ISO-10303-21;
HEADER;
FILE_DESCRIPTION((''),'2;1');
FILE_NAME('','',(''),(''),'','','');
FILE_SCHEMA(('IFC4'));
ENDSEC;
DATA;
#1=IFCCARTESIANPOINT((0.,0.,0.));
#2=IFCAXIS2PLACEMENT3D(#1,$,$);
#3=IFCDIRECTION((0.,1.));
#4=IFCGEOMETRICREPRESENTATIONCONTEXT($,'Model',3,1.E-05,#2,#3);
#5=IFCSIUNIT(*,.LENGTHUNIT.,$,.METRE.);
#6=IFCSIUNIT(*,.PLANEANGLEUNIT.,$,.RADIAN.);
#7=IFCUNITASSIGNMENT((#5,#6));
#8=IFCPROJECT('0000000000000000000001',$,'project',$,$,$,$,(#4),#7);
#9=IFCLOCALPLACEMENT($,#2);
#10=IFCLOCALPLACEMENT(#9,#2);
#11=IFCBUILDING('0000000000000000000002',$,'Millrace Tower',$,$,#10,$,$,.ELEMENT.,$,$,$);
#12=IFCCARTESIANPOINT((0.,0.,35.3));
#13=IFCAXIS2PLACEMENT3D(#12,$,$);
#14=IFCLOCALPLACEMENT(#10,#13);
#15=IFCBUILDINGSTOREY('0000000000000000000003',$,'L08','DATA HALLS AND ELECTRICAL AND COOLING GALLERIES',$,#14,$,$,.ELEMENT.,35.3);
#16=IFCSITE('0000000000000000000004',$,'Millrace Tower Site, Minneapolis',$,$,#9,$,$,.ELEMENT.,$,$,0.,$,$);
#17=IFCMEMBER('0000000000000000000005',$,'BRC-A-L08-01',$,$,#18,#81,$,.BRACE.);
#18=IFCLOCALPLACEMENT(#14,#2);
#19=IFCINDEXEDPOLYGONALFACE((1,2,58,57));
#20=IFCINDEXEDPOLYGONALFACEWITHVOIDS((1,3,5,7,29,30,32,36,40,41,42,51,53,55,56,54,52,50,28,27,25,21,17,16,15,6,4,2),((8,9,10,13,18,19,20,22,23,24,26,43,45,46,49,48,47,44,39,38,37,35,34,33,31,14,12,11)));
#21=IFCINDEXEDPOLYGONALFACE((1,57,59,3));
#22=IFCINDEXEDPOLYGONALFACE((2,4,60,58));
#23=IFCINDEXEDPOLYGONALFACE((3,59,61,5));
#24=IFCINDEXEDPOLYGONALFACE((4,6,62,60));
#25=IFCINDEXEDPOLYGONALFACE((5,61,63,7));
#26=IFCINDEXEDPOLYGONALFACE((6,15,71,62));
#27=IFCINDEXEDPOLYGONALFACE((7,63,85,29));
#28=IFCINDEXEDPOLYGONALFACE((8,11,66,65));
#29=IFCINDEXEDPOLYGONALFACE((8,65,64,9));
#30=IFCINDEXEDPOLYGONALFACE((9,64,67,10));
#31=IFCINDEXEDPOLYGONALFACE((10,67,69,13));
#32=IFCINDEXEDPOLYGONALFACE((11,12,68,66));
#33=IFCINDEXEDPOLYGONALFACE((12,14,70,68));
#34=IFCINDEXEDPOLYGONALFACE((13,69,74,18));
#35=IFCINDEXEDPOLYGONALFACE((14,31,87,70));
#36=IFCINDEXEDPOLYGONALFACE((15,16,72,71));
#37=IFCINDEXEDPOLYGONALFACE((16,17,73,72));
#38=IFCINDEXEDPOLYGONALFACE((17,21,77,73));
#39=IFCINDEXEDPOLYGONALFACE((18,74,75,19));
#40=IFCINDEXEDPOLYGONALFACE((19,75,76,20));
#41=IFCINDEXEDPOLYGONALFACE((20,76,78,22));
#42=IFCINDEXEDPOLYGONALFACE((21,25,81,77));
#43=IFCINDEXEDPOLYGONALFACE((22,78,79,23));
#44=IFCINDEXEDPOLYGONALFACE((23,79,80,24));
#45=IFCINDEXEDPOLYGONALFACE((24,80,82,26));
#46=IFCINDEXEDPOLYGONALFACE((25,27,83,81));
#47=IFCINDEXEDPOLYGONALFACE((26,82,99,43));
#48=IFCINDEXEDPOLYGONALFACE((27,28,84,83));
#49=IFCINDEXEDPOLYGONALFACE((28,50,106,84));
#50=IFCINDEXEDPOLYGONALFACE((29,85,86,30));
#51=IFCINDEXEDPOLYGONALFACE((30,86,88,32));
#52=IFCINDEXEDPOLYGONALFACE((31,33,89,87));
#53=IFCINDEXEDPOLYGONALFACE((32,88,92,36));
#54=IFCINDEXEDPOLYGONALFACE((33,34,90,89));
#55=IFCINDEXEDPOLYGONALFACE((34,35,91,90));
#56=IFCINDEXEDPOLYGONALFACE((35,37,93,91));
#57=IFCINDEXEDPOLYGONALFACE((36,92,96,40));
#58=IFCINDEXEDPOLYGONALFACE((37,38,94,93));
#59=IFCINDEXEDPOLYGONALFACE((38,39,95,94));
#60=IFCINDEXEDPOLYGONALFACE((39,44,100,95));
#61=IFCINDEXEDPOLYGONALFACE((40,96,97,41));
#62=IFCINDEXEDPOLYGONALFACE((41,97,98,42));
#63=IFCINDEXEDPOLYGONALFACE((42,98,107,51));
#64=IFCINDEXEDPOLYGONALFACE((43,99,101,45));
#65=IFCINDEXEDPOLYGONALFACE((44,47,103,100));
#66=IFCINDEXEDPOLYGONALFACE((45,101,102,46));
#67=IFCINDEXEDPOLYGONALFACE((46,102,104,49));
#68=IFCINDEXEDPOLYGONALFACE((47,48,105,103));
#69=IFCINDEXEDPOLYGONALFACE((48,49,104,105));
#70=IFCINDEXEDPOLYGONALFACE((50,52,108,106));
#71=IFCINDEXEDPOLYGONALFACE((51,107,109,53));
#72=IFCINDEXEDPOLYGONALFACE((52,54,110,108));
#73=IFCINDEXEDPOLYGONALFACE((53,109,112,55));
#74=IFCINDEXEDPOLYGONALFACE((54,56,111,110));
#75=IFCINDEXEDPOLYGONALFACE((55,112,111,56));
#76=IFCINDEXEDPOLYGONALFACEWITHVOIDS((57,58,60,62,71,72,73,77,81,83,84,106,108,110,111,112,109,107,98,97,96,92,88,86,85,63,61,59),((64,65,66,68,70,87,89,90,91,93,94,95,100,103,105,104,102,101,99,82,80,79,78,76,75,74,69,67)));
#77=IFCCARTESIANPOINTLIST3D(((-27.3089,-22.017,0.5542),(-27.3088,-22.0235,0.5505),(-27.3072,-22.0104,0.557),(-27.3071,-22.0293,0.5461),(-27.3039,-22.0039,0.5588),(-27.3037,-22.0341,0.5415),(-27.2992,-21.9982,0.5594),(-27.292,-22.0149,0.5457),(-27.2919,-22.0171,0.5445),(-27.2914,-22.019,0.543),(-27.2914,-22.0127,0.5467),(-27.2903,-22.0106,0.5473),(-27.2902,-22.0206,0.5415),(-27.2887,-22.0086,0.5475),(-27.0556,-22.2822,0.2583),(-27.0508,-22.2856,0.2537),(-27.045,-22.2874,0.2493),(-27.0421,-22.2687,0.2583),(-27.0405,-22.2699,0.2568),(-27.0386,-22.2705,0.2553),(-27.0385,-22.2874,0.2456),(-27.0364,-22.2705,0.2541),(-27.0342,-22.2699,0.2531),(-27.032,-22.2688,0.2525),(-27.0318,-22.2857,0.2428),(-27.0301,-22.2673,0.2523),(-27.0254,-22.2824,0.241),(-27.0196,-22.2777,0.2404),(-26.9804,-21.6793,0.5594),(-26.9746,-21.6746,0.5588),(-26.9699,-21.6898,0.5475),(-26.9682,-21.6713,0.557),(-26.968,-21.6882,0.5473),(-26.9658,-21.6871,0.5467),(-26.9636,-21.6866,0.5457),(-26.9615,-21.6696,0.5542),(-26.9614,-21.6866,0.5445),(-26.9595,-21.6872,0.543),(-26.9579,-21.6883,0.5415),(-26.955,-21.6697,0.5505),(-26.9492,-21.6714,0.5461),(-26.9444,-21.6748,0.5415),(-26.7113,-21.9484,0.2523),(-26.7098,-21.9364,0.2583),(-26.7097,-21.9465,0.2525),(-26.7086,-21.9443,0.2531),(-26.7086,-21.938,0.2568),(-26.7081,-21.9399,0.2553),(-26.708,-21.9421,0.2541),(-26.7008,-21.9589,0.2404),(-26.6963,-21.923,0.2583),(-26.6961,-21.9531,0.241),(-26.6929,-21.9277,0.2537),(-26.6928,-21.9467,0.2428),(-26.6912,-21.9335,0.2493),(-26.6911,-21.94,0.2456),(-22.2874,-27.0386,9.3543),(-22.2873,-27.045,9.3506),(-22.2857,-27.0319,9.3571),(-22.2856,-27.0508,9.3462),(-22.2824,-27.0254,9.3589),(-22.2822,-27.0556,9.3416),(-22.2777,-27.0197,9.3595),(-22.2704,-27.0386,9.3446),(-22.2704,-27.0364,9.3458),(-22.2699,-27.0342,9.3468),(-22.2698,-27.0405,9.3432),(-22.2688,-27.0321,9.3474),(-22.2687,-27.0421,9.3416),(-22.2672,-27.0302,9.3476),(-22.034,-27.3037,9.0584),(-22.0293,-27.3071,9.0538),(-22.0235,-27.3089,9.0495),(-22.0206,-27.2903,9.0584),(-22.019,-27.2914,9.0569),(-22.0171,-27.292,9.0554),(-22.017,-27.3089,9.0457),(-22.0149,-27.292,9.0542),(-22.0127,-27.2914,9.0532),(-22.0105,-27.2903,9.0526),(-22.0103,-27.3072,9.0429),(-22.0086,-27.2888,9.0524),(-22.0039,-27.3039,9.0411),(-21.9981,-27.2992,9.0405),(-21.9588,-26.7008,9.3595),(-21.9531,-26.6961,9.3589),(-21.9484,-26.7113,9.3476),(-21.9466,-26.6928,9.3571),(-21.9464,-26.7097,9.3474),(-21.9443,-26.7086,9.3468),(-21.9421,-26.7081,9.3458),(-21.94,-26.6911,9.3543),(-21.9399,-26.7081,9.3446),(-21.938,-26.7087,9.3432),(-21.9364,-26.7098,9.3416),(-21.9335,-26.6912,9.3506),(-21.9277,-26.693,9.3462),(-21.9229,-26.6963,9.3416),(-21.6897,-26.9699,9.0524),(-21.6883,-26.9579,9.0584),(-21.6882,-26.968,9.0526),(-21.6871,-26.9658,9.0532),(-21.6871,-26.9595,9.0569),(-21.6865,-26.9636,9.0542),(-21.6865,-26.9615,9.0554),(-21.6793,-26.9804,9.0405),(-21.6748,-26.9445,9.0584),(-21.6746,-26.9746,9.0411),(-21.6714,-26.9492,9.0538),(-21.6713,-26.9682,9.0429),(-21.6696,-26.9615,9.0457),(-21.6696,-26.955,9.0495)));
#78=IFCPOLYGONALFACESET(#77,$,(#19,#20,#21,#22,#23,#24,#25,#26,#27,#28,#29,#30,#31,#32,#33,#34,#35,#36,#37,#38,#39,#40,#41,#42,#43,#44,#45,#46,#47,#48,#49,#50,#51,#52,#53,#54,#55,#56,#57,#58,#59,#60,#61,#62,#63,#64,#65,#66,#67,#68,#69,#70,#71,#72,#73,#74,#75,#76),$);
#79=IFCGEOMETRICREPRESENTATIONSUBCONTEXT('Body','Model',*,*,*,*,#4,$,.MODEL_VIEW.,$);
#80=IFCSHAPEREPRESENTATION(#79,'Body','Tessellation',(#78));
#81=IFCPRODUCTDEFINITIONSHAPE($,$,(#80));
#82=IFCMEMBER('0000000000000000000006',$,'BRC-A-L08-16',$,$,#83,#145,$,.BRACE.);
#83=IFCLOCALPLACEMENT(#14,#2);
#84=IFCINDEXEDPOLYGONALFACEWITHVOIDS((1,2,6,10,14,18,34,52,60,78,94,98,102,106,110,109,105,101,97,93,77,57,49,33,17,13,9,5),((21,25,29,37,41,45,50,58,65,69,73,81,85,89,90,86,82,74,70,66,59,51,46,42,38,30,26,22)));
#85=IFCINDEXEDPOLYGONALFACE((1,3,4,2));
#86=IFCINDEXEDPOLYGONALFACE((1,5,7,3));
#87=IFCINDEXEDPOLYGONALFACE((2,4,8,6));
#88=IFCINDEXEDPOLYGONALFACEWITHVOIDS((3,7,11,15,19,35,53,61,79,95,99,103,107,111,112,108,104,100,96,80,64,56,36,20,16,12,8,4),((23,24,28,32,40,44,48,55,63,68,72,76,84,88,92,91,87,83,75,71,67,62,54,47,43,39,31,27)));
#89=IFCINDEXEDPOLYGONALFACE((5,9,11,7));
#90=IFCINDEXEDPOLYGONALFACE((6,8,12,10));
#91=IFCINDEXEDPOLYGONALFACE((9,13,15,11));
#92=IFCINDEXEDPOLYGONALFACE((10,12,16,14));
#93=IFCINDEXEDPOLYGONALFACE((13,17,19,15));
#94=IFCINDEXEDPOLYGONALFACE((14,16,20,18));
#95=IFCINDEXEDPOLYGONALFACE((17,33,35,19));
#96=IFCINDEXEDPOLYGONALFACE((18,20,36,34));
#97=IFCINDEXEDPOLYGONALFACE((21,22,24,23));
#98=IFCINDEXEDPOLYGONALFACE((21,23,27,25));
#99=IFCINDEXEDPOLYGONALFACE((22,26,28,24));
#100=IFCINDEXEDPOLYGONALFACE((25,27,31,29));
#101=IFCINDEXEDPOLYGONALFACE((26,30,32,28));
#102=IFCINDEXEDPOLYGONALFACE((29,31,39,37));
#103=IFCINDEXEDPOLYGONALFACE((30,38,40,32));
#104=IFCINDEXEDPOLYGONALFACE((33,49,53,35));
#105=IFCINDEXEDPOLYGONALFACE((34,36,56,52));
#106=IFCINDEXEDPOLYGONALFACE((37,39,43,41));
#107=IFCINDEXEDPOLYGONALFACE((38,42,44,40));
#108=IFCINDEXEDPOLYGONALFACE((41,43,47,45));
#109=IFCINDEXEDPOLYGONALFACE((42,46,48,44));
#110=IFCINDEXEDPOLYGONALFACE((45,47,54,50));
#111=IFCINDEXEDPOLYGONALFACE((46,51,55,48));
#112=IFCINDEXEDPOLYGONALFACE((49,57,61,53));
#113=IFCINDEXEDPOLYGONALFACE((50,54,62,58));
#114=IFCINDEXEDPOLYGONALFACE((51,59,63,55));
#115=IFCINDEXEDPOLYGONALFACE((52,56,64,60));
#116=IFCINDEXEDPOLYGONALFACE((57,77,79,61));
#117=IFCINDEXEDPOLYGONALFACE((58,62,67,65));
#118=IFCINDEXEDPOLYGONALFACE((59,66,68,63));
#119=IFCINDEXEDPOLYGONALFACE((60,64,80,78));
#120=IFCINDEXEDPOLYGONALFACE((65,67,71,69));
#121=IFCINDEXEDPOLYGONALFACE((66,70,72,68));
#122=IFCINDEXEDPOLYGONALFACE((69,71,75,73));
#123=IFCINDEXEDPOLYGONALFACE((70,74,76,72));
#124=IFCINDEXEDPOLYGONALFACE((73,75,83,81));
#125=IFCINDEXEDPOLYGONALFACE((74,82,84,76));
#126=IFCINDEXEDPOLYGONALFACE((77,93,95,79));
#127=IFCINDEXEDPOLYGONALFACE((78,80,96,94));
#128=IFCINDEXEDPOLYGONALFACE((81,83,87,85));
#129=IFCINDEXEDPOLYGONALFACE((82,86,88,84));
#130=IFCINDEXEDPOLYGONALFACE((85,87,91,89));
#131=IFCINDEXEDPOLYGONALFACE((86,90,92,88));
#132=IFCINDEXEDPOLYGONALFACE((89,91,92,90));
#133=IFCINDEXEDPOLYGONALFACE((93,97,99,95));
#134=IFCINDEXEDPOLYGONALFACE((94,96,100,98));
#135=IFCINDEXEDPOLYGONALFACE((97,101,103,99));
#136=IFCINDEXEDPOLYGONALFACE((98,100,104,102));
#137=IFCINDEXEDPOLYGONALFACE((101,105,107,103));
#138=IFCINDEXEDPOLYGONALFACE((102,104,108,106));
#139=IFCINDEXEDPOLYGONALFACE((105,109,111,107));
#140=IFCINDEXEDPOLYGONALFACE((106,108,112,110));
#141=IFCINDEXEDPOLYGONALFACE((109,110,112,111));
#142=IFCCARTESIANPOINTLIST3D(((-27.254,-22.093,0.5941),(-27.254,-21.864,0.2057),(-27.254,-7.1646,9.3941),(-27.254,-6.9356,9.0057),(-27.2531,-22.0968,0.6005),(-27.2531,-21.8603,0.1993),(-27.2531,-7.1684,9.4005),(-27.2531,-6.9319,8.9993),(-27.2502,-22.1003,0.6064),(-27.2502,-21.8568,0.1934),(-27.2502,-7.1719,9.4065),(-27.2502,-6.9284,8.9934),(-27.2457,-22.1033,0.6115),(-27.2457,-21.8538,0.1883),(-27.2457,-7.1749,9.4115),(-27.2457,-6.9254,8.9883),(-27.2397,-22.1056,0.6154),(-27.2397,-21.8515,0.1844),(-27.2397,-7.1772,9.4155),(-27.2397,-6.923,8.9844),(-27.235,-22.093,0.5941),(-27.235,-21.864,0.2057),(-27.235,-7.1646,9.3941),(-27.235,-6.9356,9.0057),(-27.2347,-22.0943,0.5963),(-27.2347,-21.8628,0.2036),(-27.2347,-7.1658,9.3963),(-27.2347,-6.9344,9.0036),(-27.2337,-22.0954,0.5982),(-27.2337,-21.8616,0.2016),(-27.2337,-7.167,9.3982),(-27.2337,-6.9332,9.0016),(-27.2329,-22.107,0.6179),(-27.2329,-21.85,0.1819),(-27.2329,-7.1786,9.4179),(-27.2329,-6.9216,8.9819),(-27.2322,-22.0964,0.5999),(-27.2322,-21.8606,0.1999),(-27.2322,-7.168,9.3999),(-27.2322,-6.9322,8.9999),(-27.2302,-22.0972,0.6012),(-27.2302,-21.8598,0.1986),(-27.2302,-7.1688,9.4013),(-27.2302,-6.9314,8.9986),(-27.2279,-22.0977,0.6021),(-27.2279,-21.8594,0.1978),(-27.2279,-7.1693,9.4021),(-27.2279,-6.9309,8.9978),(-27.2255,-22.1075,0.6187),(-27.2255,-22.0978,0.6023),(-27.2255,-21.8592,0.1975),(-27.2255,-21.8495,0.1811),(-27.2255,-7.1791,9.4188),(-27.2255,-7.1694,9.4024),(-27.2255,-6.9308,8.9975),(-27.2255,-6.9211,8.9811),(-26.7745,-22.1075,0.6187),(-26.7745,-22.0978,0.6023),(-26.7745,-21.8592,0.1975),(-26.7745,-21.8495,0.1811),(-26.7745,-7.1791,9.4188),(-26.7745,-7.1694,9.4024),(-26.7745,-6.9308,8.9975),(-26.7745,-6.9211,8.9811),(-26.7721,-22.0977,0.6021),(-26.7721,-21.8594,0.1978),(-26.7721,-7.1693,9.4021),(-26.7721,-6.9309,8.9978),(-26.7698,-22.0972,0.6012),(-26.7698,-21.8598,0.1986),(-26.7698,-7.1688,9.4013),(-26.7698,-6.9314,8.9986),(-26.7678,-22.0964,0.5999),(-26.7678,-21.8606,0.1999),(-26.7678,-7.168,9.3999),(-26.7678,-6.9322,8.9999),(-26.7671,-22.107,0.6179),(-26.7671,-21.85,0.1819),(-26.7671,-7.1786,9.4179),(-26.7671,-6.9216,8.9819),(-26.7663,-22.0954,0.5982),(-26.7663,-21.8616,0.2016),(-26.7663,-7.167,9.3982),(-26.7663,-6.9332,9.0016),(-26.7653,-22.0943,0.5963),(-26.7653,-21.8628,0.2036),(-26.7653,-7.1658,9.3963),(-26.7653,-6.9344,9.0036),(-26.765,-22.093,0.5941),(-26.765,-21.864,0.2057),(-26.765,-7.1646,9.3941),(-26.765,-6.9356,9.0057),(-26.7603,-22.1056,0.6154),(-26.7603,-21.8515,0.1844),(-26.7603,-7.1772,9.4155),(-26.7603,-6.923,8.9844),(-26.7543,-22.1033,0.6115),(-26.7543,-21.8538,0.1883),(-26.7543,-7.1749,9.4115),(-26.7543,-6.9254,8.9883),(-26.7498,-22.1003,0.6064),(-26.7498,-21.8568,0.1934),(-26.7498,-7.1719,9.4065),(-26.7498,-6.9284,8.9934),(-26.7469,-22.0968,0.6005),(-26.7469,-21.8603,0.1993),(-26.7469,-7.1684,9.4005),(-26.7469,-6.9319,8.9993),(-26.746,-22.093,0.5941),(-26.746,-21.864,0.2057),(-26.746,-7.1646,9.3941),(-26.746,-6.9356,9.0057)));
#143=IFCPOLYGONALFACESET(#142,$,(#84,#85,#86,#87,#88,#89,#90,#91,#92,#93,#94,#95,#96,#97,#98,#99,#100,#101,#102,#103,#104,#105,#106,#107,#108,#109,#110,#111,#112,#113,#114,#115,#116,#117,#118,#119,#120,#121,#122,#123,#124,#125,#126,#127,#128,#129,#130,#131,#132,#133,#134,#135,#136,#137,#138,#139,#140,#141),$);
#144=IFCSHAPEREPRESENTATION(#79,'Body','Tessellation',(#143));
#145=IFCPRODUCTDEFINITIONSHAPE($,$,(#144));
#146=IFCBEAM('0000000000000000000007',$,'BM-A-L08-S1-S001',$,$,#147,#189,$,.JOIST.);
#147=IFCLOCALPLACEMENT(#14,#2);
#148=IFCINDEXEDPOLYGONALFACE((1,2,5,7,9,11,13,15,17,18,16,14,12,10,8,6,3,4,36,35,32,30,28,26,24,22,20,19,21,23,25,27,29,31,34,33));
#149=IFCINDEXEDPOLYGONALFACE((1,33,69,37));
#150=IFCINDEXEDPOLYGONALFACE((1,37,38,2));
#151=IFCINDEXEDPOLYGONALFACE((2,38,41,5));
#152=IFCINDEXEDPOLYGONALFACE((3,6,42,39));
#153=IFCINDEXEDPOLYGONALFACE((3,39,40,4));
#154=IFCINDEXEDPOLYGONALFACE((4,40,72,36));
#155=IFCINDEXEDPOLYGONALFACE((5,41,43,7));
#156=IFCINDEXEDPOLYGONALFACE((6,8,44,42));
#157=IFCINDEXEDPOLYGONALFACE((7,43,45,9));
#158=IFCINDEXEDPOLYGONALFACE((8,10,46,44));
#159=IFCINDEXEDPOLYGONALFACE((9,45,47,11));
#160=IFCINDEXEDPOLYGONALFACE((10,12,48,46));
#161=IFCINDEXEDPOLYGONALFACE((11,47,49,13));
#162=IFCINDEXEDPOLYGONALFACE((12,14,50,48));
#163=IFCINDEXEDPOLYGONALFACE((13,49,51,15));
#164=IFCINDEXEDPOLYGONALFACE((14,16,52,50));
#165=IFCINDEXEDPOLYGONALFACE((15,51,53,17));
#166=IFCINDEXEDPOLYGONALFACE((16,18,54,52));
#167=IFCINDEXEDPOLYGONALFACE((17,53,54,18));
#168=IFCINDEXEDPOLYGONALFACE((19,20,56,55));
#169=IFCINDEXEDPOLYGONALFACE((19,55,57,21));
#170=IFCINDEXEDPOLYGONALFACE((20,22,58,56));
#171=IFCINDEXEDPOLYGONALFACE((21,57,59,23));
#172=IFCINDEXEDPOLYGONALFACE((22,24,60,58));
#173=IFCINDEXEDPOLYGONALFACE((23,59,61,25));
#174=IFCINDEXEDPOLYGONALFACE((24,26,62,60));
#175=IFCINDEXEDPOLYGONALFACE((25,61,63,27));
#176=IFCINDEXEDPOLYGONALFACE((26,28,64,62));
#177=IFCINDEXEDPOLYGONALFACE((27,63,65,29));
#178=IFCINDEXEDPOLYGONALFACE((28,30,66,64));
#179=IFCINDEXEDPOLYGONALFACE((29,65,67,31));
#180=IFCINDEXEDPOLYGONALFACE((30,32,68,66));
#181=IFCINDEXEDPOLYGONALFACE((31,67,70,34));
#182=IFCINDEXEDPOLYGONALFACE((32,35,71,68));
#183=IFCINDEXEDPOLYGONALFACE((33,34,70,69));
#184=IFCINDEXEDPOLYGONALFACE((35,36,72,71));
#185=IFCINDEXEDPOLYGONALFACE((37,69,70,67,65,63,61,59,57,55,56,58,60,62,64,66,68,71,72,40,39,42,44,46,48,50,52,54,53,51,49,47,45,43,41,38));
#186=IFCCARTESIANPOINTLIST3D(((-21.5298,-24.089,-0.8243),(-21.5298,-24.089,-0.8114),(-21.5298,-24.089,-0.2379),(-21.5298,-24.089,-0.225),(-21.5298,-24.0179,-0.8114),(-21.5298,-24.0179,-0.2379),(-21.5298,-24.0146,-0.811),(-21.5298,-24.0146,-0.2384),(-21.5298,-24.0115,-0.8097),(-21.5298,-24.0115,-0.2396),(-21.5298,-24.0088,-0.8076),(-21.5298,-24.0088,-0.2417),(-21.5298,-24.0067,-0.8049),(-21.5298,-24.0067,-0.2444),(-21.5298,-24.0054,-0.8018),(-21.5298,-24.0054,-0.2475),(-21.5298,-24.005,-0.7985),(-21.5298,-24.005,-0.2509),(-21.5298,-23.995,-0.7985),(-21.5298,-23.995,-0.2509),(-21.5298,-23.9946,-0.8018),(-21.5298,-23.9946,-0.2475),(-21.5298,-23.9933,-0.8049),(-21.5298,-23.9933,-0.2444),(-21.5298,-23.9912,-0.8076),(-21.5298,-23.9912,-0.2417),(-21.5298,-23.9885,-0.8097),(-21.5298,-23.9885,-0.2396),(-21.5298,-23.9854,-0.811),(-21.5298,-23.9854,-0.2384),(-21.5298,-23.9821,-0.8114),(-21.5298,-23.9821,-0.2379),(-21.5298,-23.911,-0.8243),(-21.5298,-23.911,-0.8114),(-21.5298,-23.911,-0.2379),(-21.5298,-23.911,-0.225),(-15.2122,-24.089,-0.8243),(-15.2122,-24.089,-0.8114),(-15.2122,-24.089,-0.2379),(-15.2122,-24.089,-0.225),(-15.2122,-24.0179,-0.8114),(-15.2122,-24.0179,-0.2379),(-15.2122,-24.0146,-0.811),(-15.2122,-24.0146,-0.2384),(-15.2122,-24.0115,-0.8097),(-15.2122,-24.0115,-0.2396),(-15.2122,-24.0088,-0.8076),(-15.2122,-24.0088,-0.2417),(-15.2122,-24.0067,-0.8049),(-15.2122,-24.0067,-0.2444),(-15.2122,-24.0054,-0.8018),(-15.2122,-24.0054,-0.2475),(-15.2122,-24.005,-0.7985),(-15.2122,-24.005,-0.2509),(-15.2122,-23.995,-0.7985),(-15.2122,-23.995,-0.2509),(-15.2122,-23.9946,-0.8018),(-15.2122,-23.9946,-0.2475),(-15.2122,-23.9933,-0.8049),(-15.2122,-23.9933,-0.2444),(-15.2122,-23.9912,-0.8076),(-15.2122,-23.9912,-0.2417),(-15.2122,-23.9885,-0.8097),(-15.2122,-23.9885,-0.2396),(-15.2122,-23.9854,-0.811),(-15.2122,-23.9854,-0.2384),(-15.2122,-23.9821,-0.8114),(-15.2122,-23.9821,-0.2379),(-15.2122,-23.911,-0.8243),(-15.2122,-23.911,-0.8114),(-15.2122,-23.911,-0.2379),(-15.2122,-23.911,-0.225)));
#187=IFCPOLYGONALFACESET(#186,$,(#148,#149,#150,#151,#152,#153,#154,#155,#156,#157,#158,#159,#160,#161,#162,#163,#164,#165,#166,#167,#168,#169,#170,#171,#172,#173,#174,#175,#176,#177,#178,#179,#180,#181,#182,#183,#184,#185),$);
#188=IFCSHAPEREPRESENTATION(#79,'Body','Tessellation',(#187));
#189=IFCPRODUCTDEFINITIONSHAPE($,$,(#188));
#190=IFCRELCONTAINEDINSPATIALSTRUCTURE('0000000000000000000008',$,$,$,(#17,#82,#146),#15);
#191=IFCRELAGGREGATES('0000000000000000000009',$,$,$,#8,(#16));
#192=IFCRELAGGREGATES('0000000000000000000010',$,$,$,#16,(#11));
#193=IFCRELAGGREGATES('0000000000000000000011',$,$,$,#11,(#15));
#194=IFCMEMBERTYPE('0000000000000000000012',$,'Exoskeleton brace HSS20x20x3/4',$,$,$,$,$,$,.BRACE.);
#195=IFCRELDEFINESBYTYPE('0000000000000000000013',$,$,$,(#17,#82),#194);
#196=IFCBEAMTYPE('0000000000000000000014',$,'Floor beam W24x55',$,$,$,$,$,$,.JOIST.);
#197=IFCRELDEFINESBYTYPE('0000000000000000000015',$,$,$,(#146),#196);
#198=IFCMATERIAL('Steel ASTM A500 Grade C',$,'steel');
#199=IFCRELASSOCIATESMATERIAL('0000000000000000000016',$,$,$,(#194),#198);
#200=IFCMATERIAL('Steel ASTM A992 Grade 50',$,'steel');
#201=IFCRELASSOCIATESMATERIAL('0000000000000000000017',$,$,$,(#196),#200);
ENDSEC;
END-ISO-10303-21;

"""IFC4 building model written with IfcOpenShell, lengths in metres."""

from ifc_helpers import new_model, si_unit, direction, frame, origin, origin_2d, place, context, subcontext, project, spatial, hollow_rectangle, i_section, extrude, material, material_profile, profile_set, type_object, element, save


model = new_model("IFC4")

# Units and contexts
model_context = context("Model", 3, precision=1e-05, world=origin(), true_north=direction((0.0, 1.0)))
body_context = subcontext(model_context, "Body", "Model", "MODEL_VIEW")
ifc_project = project(units=[si_unit("LENGTHUNIT", "METRE"), si_unit("PLANEANGLEUNIT", "RADIAN")], contexts=[model_context])

# Site, building, storey
site_placement = place(None, origin())
site = spatial("IfcSite", under=ifc_project, at=site_placement, Name="Millrace Tower Site, Minneapolis", CompositionType="ELEMENT", RefElevation=0.0)
building_placement = place(site_placement, origin())
building = spatial("IfcBuilding", under=site, at=building_placement, Name="Millrace Tower", CompositionType="ELEMENT")
storey_placement = place(building_placement, frame((0.0, 0.0, 35.3)))
storey = spatial("IfcBuildingStorey", under=building, at=storey_placement, Name="L08", Description="DATA HALLS AND ELECTRICAL AND COOLING GALLERIES", CompositionType="ELEMENT", Elevation=35.3)

# Members
ifc_material_1 = material(Name="Steel ASTM A500 Grade C", Category="steel")
ifc_material_profile_1 = material_profile(ifc_material_1, hollow_rectangle(XDim=0.5081, YDim=0.5081, WallThickness=0.019, InnerFilletRadius=0.0095, OuterFilletRadius=0.0286, at=origin_2d()))
ifc_profile_set_1 = profile_set([ifc_material_profile_1], Name="Steel ASTM A500 Grade C")
member_type_1 = type_object("IfcMemberType", Name="Exoskeleton brace HSS20x20x3/4", PredefinedType="BRACE", material=ifc_profile_set_1)
member_1_placement = place(storey_placement, frame((-27.0, -21.9785, 0.3999), z_axis=(0.444064, -0.444064, 0.778213), x_axis=(0.707107, 0.707107, 0.0)))
element("IfcMember", 1, at=member_1_placement, inside=storey, type_object=member_type_1, Name="BRC-A-L08-01", PredefinedType="BRACE", context=body_context, shape_type="SweptSolid", body=[
    extrude(hollow_rectangle(XDim=0.5081, YDim=0.5081, WallThickness=0.019, InnerFilletRadius=0.0095, OuterFilletRadius=0.0286, at=origin_2d()), origin(), (0.0, 0.0, 1.0), 11.3081),
])
member_2_placement = place(storey_placement, frame((-27.0, -21.9785, 0.3999), z_axis=(0.0, 0.861465, 0.507817), x_axis=(-1.0, 0.0, 0.0)))
element("IfcMember", 2, at=member_2_placement, inside=storey, type_object=member_type_1, Name="BRC-A-L08-16", PredefinedType="BRACE", context=body_context, shape_type="SweptSolid", body=[
    extrude(hollow_rectangle(XDim=0.5081, YDim=0.5081, WallThickness=0.019, InnerFilletRadius=0.0095, OuterFilletRadius=0.0286, at=origin_2d()), origin(), (0.0, 0.0, 1.0), 17.3291),
])

# Beam
ifc_material_2 = material(Name="Steel ASTM A992 Grade 50", Category="steel")
ifc_material_profile_2 = material_profile(ifc_material_2, i_section(OverallWidth=0.178, OverallDepth=0.5994, WebThickness=0.01, FlangeThickness=0.0129, FilletRadius=0.0129, at=origin_2d()))
ifc_profile_set_2 = profile_set([ifc_material_profile_2], Name="Steel ASTM A992 Grade 50")
beam_type_1 = type_object("IfcBeamType", Name="Floor beam W24x55", PredefinedType="JOIST", material=ifc_profile_set_2)
beam_1_placement = place(storey_placement, frame((-21.5298, -24.0, -0.5247), z_axis=(1.0, 0.0, 0.0), x_axis=(0.0, 1.0, 0.0)))
element("IfcBeam", 3, at=beam_1_placement, inside=storey, type_object=beam_type_1, Name="BM-A-L08-S1-S001", PredefinedType="JOIST", context=body_context, shape_type="SweptSolid", body=[
    extrude(i_section(OverallWidth=0.178, OverallDepth=0.5994, WebThickness=0.01, FlangeThickness=0.0129, FilletRadius=0.0129, at=origin_2d()), origin(), (0.0, 0.0, 1.0), 6.3176),
])

save(model, "model.ifc")
